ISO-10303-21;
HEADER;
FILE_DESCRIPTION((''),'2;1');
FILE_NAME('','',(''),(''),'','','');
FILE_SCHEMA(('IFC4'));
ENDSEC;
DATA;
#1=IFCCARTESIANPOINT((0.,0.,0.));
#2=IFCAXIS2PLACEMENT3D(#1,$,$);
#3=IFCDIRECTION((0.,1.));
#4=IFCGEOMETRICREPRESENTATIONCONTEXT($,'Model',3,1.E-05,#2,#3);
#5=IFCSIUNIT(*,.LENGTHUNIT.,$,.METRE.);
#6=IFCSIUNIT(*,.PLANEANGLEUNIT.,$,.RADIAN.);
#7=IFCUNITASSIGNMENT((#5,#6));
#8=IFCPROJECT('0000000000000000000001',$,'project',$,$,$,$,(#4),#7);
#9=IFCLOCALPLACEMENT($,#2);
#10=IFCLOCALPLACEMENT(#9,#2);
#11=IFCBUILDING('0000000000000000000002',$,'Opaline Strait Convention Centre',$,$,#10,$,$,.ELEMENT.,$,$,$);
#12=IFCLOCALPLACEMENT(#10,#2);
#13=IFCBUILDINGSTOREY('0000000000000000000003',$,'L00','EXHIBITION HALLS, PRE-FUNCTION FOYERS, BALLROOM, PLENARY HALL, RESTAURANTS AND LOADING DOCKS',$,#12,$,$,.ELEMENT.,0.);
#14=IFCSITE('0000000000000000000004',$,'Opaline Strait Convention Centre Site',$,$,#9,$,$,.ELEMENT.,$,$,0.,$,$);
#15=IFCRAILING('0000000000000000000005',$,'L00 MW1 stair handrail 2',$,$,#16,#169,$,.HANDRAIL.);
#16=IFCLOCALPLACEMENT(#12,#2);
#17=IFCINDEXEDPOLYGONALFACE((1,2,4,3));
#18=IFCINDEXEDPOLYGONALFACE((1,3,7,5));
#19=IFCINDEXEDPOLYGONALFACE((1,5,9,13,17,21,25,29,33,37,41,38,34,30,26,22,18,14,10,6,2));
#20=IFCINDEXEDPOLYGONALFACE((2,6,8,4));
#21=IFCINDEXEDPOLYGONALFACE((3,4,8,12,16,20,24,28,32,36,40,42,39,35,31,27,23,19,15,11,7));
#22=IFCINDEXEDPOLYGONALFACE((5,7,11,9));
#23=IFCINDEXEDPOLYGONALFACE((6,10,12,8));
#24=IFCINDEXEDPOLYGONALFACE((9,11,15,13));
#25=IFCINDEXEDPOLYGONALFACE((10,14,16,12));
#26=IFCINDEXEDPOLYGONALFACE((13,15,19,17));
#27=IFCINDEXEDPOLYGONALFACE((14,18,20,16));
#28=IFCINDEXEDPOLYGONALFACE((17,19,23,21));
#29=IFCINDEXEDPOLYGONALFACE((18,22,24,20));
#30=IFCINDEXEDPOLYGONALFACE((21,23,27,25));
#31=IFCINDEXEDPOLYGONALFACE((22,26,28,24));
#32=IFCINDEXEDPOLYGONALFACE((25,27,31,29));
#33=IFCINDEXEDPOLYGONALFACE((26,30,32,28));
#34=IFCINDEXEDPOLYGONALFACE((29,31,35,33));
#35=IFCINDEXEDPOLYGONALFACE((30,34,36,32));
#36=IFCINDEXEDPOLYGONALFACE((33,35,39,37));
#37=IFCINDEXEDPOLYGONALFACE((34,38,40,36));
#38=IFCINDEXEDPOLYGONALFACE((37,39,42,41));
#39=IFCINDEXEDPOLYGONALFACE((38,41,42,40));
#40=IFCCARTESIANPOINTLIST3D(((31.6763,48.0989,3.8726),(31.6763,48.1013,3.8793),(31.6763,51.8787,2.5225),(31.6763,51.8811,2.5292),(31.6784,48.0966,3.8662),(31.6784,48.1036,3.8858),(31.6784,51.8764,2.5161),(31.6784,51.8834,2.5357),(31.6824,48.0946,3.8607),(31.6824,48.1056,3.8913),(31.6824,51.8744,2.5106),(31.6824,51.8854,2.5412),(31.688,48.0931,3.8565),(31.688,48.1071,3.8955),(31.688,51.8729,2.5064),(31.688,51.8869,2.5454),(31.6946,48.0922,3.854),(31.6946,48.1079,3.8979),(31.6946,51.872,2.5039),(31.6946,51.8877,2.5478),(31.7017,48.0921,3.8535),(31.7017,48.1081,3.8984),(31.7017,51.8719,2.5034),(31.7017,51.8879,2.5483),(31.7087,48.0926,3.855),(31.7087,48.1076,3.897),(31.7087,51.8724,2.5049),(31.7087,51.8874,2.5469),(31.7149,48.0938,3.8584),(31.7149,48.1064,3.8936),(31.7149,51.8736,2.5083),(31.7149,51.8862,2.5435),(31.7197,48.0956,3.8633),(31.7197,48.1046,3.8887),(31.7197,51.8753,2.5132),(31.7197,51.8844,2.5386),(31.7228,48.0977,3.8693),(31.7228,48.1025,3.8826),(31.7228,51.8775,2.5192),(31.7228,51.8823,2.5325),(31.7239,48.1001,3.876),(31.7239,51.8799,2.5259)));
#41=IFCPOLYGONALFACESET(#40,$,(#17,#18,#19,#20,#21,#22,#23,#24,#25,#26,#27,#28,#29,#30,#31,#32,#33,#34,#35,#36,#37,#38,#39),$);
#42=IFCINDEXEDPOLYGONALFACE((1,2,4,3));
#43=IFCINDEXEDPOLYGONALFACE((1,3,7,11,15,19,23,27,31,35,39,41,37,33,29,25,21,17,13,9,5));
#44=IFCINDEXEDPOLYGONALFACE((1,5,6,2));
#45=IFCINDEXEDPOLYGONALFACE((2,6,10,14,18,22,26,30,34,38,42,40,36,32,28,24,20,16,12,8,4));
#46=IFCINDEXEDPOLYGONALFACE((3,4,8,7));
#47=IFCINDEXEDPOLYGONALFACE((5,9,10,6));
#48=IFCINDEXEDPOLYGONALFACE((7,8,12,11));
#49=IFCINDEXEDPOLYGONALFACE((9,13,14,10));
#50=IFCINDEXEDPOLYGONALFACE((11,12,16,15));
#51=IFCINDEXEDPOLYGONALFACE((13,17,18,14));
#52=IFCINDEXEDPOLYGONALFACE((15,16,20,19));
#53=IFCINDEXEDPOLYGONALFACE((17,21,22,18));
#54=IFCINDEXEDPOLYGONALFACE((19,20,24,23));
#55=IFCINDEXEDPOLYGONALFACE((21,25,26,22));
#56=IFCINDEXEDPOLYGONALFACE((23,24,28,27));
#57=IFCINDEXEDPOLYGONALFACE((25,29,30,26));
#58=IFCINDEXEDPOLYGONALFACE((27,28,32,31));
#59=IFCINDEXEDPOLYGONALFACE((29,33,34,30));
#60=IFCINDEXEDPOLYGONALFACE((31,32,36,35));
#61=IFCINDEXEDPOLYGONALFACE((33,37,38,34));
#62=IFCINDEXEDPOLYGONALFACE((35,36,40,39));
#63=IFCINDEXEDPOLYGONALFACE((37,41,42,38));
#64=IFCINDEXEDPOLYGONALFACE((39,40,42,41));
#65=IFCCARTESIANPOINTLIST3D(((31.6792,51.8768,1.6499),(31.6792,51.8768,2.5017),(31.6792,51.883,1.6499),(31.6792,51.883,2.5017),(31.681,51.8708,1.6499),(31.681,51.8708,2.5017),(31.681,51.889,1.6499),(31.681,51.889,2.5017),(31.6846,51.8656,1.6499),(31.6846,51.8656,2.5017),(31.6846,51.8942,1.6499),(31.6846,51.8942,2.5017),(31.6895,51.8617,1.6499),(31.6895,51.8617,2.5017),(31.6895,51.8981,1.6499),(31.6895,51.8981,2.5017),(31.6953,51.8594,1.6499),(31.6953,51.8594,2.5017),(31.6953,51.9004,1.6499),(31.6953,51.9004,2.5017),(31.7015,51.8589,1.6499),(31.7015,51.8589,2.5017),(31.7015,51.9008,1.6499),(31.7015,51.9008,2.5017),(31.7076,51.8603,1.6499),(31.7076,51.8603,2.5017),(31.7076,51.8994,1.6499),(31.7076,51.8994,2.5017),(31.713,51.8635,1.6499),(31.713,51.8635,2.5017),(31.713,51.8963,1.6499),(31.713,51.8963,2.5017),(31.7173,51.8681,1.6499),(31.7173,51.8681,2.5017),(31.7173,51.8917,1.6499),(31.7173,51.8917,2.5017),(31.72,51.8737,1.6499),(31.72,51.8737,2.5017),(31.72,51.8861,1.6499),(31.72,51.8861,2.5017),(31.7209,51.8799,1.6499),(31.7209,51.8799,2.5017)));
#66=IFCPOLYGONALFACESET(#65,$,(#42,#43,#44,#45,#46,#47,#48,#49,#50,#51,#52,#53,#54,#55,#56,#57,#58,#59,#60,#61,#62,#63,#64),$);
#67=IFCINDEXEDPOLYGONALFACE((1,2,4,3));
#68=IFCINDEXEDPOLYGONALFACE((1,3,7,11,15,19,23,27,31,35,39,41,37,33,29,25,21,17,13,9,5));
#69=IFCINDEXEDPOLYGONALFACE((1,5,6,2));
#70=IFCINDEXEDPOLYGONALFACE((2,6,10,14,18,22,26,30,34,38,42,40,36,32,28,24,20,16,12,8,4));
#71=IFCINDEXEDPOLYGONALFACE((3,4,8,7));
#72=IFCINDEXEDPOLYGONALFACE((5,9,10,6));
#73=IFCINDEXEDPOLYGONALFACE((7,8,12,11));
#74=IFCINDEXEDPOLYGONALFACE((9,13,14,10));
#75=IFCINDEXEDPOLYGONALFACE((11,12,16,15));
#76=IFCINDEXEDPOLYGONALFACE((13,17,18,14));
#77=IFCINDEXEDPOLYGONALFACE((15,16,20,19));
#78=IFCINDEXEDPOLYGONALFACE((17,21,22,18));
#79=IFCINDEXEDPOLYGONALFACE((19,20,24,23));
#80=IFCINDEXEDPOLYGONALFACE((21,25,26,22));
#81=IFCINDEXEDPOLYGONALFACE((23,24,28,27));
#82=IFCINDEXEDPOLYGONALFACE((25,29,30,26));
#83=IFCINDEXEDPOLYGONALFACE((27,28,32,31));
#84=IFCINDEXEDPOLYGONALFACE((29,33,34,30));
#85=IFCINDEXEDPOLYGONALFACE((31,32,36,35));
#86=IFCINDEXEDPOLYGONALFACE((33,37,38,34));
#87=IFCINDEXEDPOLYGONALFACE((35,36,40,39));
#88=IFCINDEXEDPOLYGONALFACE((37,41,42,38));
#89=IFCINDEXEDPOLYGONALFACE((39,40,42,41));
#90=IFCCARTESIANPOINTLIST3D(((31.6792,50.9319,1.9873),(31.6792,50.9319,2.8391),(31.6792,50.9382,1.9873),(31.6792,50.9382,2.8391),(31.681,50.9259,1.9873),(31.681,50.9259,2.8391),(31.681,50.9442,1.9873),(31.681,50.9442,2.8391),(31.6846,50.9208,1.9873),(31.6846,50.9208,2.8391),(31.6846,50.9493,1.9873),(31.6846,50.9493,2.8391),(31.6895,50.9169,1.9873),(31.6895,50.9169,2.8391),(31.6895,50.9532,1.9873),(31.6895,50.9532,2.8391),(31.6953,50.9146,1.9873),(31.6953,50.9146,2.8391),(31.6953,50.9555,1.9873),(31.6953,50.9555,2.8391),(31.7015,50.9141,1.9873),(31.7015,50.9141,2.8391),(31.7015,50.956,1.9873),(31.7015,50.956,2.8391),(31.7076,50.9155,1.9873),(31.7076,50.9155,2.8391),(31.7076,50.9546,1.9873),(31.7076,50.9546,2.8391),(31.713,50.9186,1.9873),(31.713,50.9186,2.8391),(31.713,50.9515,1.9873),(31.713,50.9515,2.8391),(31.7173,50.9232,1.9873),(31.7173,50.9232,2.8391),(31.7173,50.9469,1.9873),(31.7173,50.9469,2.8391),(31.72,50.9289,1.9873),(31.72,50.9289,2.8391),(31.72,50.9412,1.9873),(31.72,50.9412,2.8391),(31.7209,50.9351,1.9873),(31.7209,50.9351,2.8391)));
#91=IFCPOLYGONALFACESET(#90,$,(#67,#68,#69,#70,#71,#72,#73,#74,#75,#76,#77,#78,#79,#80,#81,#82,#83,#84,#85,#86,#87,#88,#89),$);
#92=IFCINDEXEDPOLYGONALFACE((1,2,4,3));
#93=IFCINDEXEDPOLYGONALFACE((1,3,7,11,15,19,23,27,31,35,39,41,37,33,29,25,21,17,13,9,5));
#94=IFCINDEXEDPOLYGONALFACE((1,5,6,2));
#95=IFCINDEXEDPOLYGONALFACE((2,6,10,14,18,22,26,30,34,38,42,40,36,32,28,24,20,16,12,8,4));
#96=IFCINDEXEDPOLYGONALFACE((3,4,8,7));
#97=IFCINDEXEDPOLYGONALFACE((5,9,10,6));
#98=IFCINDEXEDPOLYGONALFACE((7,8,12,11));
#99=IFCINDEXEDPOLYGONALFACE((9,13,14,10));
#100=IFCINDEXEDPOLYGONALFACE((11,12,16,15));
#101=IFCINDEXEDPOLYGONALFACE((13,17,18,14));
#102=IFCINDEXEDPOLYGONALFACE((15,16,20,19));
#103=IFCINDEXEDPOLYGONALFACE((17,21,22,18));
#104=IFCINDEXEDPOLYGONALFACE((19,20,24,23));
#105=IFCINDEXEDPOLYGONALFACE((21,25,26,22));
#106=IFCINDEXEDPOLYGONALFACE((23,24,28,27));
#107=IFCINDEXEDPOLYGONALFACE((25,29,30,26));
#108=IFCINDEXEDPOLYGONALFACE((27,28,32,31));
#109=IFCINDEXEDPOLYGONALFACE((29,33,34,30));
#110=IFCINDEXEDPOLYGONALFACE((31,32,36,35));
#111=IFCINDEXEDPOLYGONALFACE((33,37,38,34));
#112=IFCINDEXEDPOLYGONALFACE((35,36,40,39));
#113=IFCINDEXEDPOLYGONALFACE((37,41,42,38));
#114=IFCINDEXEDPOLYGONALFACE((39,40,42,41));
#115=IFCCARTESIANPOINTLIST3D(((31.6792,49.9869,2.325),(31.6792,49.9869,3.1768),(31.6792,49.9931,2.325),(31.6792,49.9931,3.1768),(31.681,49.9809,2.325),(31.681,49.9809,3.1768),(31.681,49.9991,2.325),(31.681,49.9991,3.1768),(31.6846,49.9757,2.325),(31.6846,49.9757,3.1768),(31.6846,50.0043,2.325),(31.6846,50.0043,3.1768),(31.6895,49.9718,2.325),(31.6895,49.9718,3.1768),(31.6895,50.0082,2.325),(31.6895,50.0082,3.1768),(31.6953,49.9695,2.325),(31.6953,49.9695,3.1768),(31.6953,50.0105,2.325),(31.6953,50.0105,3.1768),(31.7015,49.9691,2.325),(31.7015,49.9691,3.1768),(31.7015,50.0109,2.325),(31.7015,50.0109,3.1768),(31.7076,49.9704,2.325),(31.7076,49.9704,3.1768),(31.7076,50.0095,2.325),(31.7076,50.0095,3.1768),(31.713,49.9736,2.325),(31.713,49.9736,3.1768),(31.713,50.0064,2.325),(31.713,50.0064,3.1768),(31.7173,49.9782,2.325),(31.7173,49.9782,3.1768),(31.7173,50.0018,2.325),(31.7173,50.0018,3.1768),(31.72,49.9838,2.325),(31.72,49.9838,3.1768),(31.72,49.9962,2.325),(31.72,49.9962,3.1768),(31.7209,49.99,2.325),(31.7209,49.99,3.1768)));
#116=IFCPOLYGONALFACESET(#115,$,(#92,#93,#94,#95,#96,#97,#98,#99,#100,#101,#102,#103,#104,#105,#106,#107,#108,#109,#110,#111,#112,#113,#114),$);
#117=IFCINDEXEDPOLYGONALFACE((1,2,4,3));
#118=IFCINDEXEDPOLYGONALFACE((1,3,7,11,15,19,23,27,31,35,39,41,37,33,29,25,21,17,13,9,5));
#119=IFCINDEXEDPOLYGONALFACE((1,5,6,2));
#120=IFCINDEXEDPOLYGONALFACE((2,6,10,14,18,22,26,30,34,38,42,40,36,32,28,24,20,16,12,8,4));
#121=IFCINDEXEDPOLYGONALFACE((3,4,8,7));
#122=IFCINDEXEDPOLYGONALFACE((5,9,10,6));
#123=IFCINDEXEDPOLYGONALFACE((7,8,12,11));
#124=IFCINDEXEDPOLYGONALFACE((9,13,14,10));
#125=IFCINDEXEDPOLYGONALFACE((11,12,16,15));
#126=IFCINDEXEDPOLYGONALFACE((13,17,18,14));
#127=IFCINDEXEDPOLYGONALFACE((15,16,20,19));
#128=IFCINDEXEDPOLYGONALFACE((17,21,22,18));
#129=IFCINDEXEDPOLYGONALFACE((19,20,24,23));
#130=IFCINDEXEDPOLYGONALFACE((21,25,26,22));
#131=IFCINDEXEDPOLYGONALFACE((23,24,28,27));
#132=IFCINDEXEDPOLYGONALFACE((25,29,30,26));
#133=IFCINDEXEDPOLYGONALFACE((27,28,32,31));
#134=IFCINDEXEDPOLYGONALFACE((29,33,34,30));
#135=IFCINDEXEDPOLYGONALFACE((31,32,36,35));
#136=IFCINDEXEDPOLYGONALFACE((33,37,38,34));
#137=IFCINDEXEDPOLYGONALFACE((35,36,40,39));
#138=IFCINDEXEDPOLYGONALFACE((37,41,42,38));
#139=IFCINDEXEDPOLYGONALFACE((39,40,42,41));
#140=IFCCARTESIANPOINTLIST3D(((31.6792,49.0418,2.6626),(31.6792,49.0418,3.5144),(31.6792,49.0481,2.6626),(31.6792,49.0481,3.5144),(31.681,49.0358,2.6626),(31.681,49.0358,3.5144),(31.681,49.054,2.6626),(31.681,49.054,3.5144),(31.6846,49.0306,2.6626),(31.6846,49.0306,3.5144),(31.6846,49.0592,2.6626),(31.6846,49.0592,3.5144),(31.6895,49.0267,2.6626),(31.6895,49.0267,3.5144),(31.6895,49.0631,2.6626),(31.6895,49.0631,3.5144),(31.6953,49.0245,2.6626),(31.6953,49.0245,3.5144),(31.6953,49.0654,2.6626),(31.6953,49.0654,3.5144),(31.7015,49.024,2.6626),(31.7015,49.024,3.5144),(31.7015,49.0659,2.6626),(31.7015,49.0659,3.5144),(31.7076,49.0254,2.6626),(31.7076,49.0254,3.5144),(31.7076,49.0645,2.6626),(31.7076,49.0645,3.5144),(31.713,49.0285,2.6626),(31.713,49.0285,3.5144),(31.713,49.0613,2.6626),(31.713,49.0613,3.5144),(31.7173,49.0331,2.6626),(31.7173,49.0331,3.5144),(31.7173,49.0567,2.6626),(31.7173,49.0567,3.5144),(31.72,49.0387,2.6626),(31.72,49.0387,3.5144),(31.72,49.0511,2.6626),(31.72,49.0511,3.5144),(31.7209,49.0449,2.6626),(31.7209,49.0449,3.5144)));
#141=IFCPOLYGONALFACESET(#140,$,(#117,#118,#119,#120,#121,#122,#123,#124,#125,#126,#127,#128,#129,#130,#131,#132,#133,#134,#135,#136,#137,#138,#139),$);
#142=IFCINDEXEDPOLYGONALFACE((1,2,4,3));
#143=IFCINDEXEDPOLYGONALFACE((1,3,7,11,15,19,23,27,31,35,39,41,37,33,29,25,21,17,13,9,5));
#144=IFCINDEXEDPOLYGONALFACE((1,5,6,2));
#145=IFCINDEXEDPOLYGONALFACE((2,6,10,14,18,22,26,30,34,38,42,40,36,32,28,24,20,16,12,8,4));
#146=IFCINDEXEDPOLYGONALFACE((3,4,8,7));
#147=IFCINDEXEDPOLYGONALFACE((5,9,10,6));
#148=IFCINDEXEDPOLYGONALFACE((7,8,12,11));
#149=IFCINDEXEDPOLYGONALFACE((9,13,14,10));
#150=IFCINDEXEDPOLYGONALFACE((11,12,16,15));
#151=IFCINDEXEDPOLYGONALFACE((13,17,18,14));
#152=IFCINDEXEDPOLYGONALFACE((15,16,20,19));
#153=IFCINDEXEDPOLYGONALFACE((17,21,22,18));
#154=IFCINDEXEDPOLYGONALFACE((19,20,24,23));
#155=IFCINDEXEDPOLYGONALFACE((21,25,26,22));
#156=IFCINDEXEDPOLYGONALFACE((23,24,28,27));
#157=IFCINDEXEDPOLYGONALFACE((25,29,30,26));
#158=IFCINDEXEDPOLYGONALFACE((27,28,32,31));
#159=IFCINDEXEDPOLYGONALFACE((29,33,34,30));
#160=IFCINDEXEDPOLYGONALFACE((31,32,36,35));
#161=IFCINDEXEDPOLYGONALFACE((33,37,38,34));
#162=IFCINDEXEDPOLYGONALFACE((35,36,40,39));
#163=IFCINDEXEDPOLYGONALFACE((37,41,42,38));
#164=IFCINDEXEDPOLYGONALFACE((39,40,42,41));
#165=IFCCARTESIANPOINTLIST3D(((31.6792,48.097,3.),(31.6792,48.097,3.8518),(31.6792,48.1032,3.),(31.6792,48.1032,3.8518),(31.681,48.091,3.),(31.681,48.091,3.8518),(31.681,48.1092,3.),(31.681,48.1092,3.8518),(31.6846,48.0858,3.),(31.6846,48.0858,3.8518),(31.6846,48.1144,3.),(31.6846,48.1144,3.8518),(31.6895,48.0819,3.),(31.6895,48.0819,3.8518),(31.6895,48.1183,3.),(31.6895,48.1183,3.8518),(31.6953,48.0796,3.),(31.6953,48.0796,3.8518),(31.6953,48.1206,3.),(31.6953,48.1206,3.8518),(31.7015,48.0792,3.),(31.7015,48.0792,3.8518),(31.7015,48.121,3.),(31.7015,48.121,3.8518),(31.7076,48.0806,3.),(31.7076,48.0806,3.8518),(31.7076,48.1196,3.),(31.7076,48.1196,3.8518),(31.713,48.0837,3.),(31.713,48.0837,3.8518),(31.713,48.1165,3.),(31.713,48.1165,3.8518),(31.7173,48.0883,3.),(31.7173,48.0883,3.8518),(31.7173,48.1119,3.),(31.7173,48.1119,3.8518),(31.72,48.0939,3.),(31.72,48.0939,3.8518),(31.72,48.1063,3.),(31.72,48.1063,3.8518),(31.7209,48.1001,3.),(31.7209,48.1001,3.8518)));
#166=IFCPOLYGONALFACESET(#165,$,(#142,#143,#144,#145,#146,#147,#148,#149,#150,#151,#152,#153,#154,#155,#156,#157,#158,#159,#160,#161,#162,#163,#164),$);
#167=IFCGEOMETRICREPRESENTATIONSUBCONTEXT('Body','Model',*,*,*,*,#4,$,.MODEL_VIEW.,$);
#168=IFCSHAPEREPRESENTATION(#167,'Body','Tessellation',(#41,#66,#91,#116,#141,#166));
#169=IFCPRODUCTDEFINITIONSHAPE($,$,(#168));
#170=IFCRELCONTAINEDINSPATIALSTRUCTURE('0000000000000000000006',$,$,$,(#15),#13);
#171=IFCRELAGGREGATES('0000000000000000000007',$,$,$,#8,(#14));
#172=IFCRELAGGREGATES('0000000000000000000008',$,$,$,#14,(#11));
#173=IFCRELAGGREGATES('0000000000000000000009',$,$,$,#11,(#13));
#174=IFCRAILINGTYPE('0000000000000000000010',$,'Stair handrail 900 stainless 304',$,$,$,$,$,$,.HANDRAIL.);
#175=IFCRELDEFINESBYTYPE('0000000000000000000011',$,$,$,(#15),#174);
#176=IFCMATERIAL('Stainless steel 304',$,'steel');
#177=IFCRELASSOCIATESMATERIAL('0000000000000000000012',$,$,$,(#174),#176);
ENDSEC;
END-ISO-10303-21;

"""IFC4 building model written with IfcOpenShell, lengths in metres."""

from ifc_helpers import new_model, si_unit, direction, frame, origin, origin_2d, place, context, subcontext, project, spatial, circle, extrude, material, type_object, element, save


model = new_model("IFC4")

# Units and contexts
model_context = context("Model", 3, precision=1e-05, world=origin(), true_north=direction((0.0, 1.0)))
body_context = subcontext(model_context, "Body", "Model", "MODEL_VIEW")
ifc_project = project(units=[si_unit("LENGTHUNIT", "METRE"), si_unit("PLANEANGLEUNIT", "RADIAN")], contexts=[model_context])

# Site, building, storey
site_placement = place(None, origin())
site = spatial("IfcSite", under=ifc_project, at=site_placement, Name="Opaline Strait Convention Centre Site", CompositionType="ELEMENT", RefElevation=0.0)
building_placement = place(site_placement, origin())
building = spatial("IfcBuilding", under=site, at=building_placement, Name="Opaline Strait Convention Centre", CompositionType="ELEMENT")
storey_placement = place(building_placement, origin())
storey = spatial("IfcBuildingStorey", under=building, at=storey_placement, Name="L00", Description="EXHIBITION HALLS, PRE-FUNCTION FOYERS, BALLROOM, PLENARY HALL, RESTAURANTS AND LOADING DOCKS", CompositionType="ELEMENT", Elevation=0.0)

# Railing
ifc_material_1 = material(Name="Stainless steel 304", Category="steel")
railing_type_1 = type_object("IfcRailingType", Name="Stair handrail 900 stainless 304", PredefinedType="HANDRAIL", material=ifc_material_1)
for number, where, name in (
    (1, (31.7, 51.8799, 1.6499), "L00 MW1 stair handrail 2"),
):
    element("IfcRailing", number, at=place(storey_placement, frame(where)), inside=storey, type_object=railing_type_1, Name=name, PredefinedType="HANDRAIL", context=body_context, shape_type="SweptSolid", body=[
        extrude(circle(Radius=0.0239, at=origin_2d()), frame((0.0, 0.0, 0.876), z_axis=(0.0, -0.941728, 0.336375), x_axis=(1.0, 0.0, 0.0)), (0.0, 0.0, 1.0), 4.0137),
        extrude(circle(Radius=0.021, at=origin_2d()), origin(), (0.0, 0.0, 1.0), 0.8518),
        extrude(circle(Radius=0.021, at=origin_2d()), frame((0.0, -0.9448, 0.3374)), (0.0, 0.0, 1.0), 0.8518),
        extrude(circle(Radius=0.021, at=origin_2d()), frame((0.0, -1.8899, 0.675)), (0.0, 0.0, 1.0), 0.8518),
        extrude(circle(Radius=0.021, at=origin_2d()), frame((0.0, -2.835, 1.0127)), (0.0, 0.0, 1.0), 0.8518),
        extrude(circle(Radius=0.021, at=origin_2d()), frame((0.0, -3.7798, 1.3501)), (0.0, 0.0, 1.0), 0.8518),
    ])

save(model, "model.ifc")
